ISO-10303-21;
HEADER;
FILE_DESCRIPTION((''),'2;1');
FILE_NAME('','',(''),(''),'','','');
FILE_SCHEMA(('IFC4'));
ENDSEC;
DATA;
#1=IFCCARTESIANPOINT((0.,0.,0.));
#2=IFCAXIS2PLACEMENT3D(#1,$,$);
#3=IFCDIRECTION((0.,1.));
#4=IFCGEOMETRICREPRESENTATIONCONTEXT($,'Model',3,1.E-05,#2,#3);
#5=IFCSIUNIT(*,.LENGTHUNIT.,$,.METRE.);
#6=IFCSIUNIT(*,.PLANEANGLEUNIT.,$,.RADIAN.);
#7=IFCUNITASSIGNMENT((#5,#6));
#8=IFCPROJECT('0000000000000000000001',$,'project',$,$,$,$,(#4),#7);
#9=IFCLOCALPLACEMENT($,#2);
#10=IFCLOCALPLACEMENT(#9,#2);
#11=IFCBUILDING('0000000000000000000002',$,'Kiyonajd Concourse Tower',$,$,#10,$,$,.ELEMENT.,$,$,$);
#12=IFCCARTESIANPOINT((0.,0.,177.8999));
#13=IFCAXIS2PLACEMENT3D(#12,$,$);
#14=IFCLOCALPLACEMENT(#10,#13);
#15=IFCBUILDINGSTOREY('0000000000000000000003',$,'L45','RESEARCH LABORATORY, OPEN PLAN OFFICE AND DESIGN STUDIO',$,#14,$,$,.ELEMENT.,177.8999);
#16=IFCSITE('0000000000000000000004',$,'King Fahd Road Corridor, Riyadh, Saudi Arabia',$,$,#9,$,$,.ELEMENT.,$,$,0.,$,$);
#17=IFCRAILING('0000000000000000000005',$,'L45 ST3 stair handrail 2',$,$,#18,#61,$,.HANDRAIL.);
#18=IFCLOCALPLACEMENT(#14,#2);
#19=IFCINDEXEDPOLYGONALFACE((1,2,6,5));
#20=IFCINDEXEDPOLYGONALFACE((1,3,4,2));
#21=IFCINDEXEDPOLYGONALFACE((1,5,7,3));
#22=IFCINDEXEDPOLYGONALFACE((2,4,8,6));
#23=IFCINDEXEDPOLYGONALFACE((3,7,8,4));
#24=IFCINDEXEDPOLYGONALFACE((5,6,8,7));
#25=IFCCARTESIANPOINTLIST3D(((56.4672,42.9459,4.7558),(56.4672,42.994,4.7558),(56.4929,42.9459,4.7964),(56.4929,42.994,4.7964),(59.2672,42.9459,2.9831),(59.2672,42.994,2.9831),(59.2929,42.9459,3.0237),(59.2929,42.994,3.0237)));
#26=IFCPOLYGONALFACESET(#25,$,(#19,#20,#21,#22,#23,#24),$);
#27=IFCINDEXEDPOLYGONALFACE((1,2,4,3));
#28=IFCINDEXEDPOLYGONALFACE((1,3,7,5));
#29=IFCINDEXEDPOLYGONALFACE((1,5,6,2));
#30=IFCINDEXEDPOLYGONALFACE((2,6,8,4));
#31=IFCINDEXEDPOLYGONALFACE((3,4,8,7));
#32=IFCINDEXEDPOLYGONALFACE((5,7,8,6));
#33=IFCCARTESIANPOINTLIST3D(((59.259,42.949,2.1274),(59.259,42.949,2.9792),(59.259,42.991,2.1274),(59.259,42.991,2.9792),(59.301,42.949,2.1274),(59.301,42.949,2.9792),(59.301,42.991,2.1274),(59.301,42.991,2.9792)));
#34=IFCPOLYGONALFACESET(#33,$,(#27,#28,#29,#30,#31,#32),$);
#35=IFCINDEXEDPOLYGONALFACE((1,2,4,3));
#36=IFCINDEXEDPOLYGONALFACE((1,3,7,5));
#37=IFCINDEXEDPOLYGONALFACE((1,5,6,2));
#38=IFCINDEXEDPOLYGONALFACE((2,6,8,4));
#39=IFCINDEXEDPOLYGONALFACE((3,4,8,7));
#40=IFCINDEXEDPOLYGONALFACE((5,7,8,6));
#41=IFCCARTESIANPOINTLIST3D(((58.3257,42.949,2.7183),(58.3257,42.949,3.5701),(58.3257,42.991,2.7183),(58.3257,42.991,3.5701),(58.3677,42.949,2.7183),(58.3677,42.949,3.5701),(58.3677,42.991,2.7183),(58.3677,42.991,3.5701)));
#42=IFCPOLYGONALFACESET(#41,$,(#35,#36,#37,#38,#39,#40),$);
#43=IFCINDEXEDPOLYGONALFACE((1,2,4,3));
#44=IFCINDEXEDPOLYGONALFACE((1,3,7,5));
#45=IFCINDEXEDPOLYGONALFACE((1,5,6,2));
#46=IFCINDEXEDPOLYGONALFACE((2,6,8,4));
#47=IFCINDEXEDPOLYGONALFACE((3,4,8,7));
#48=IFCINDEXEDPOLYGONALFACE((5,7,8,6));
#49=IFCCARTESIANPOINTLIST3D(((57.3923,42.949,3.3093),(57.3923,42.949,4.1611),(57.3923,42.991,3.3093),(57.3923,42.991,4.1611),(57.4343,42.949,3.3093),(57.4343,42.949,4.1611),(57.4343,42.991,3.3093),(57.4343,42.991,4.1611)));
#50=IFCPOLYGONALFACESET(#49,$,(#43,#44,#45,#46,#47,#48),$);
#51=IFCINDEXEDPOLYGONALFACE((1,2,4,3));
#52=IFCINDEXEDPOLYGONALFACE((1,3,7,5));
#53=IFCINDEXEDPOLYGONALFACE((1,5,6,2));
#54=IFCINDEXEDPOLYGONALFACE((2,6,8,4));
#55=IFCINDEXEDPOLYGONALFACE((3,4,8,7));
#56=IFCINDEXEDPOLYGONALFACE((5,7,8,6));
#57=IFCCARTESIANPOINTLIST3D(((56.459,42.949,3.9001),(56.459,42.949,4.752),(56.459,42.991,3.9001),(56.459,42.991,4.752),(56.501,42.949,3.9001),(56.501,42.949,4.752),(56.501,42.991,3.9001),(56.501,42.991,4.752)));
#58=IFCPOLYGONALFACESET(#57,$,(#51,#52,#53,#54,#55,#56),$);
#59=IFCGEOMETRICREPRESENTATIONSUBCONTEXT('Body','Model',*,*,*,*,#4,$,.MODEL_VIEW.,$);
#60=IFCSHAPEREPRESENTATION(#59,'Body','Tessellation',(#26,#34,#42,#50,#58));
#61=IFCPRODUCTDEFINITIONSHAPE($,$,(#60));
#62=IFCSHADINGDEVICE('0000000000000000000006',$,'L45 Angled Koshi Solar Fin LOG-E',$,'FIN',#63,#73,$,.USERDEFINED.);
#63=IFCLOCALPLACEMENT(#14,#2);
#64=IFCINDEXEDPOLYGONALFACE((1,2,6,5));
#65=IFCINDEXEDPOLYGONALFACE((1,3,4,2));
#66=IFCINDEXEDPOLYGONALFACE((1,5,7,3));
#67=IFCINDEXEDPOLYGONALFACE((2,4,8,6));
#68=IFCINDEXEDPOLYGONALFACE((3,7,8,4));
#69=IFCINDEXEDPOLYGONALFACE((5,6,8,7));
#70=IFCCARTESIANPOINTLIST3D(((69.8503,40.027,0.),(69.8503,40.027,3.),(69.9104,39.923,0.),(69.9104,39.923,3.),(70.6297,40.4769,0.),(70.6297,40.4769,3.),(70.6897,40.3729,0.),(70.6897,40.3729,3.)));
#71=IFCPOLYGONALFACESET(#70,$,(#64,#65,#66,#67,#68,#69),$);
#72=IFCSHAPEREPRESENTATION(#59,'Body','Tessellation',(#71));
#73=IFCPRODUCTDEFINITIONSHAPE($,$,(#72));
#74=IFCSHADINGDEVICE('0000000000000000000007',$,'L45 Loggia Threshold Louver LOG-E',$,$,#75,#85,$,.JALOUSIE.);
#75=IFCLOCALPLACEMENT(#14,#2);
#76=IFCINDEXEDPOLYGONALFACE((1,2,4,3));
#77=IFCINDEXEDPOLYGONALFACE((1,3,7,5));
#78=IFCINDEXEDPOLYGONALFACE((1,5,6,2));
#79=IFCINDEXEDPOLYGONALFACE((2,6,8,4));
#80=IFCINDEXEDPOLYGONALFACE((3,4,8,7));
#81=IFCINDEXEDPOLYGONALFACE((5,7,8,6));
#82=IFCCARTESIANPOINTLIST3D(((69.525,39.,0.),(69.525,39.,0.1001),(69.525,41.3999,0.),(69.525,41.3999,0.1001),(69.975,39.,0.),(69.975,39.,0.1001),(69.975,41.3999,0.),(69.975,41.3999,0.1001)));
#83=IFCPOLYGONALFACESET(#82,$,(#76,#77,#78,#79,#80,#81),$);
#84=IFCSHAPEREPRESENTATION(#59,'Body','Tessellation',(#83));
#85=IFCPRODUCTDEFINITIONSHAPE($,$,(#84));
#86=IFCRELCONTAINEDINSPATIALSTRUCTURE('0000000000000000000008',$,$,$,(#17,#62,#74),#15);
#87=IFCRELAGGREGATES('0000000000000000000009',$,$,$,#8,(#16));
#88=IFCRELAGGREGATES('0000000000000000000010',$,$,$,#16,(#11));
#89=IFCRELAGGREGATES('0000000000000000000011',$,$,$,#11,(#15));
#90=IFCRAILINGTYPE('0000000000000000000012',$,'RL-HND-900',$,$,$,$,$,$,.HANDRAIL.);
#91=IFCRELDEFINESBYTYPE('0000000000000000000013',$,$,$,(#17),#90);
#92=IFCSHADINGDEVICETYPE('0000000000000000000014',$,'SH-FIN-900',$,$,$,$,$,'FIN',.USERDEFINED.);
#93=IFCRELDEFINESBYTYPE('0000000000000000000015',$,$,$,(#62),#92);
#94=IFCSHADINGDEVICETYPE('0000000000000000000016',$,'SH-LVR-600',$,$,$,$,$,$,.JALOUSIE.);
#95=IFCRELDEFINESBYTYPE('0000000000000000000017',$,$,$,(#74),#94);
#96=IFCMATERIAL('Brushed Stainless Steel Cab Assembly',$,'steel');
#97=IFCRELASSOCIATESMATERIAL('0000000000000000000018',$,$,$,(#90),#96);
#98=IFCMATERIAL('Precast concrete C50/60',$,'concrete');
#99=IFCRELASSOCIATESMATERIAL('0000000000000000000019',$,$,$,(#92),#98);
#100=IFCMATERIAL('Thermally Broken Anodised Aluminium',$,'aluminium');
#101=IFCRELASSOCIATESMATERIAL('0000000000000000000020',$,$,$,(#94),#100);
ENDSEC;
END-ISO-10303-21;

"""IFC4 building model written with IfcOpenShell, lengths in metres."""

from ifc_helpers import new_model, si_unit, direction, frame, origin, origin_2d, place, context, subcontext, project, spatial, rectangle, extrude, material, type_object, element, save


model = new_model("IFC4")

# Units and contexts
model_context = context("Model", 3, precision=1e-05, world=origin(), true_north=direction((0.0, 1.0)))
body_context = subcontext(model_context, "Body", "Model", "MODEL_VIEW")
ifc_project = project(units=[si_unit("LENGTHUNIT", "METRE"), si_unit("PLANEANGLEUNIT", "RADIAN")], contexts=[model_context])

# Site, building, storey
site_placement = place(None, origin())
site = spatial("IfcSite", under=ifc_project, at=site_placement, Name="King Fahd Road Corridor, Riyadh, Saudi Arabia", CompositionType="ELEMENT", RefElevation=0.0)
building_placement = place(site_placement, origin())
building = spatial("IfcBuilding", under=site, at=building_placement, Name="Kiyonajd Concourse Tower", CompositionType="ELEMENT")
storey_placement = place(building_placement, frame((0.0, 0.0, 177.8999)))
storey = spatial("IfcBuildingStorey", under=building, at=storey_placement, Name="L45", Description="RESEARCH LABORATORY, OPEN PLAN OFFICE AND DESIGN STUDIO", CompositionType="ELEMENT", Elevation=177.8999)

# Shared definitions
ifc_material_1 = material(Name="Thermally Broken Anodised Aluminium", Category="aluminium")

# Shared definitions
ifc_material_2 = material(Name="Precast concrete C50/60", Category="concrete")

# Railing
ifc_material_3 = material(Name="Brushed Stainless Steel Cab Assembly", Category="steel")
railing_type_1 = type_object("IfcRailingType", Name="RL-HND-900", PredefinedType="HANDRAIL", material=ifc_material_3)
railing_1_placement = place(storey_placement, frame((59.28, 42.97, 2.1274)))
element("IfcRailing", 1, at=railing_1_placement, inside=storey, type_object=railing_type_1, Name="L45 ST3 stair handrail 2", PredefinedType="HANDRAIL", context=body_context, shape_type="SweptSolid", body=[
    extrude(rectangle(XDim=0.0481, YDim=0.0481, at=origin_2d()), frame((0.0, 0.0, 0.876), z_axis=(-0.844909, 0.0, 0.53491), x_axis=(0.0, -1.0, 0.0)), (0.0, 0.0, 1.0), 3.314),
    extrude(rectangle(XDim=0.042, YDim=0.042, at=origin_2d()), origin(), (0.0, 0.0, 1.0), 0.8518),
    extrude(rectangle(XDim=0.042, YDim=0.042, at=origin_2d()), frame((-0.9333, 0.0, 0.5908)), (0.0, 0.0, 1.0), 0.8518),
    extrude(rectangle(XDim=0.042, YDim=0.042, at=origin_2d()), frame((-1.8667, 0.0, 1.1819)), (0.0, 0.0, 1.0), 0.8518),
    extrude(rectangle(XDim=0.042, YDim=0.042, at=origin_2d()), frame((-2.8, 0.0, 1.7727)), (0.0, 0.0, 1.0), 0.8518),
])

# Shading devices
shading_device_type_1 = type_object("IfcShadingDeviceType", Name="SH-FIN-900", ElementType="FIN", PredefinedType="USERDEFINED", material=ifc_material_2)
shading_device_1_placement = place(storey_placement, frame((70.27, 40.2, 0.0), z_axis=(0.0, 0.0, 1.0), x_axis=(0.866025, 0.5, 0.0)))
element("IfcShadingDevice", 2, at=shading_device_1_placement, inside=storey, type_object=shading_device_type_1, Name="L45 Angled Koshi Solar Fin LOG-E", ObjectType="FIN", PredefinedType="USERDEFINED", context=body_context, shape_type="SweptSolid", body=[
    extrude(rectangle(XDim=0.8999, YDim=0.1201, at=origin_2d()), origin(), (0.0, 0.0, 1.0), 3.0),
])
shading_device_type_2 = type_object("IfcShadingDeviceType", Name="SH-LVR-600", PredefinedType="JALOUSIE", material=ifc_material_1)
shading_device_2_placement = place(storey_placement, frame((69.75, 40.2, 0.0), z_axis=(0.0, 0.0, 1.0), x_axis=(0.0, 1.0, 0.0)))
element("IfcShadingDevice", 3, at=shading_device_2_placement, inside=storey, type_object=shading_device_type_2, Name="L45 Loggia Threshold Louver LOG-E", PredefinedType="JALOUSIE", context=body_context, shape_type="SweptSolid", body=[
    extrude(rectangle(XDim=2.3999, YDim=0.45, at=origin_2d()), origin(), (0.0, 0.0, 1.0), 0.1001),
])

save(model, "model.ifc")
